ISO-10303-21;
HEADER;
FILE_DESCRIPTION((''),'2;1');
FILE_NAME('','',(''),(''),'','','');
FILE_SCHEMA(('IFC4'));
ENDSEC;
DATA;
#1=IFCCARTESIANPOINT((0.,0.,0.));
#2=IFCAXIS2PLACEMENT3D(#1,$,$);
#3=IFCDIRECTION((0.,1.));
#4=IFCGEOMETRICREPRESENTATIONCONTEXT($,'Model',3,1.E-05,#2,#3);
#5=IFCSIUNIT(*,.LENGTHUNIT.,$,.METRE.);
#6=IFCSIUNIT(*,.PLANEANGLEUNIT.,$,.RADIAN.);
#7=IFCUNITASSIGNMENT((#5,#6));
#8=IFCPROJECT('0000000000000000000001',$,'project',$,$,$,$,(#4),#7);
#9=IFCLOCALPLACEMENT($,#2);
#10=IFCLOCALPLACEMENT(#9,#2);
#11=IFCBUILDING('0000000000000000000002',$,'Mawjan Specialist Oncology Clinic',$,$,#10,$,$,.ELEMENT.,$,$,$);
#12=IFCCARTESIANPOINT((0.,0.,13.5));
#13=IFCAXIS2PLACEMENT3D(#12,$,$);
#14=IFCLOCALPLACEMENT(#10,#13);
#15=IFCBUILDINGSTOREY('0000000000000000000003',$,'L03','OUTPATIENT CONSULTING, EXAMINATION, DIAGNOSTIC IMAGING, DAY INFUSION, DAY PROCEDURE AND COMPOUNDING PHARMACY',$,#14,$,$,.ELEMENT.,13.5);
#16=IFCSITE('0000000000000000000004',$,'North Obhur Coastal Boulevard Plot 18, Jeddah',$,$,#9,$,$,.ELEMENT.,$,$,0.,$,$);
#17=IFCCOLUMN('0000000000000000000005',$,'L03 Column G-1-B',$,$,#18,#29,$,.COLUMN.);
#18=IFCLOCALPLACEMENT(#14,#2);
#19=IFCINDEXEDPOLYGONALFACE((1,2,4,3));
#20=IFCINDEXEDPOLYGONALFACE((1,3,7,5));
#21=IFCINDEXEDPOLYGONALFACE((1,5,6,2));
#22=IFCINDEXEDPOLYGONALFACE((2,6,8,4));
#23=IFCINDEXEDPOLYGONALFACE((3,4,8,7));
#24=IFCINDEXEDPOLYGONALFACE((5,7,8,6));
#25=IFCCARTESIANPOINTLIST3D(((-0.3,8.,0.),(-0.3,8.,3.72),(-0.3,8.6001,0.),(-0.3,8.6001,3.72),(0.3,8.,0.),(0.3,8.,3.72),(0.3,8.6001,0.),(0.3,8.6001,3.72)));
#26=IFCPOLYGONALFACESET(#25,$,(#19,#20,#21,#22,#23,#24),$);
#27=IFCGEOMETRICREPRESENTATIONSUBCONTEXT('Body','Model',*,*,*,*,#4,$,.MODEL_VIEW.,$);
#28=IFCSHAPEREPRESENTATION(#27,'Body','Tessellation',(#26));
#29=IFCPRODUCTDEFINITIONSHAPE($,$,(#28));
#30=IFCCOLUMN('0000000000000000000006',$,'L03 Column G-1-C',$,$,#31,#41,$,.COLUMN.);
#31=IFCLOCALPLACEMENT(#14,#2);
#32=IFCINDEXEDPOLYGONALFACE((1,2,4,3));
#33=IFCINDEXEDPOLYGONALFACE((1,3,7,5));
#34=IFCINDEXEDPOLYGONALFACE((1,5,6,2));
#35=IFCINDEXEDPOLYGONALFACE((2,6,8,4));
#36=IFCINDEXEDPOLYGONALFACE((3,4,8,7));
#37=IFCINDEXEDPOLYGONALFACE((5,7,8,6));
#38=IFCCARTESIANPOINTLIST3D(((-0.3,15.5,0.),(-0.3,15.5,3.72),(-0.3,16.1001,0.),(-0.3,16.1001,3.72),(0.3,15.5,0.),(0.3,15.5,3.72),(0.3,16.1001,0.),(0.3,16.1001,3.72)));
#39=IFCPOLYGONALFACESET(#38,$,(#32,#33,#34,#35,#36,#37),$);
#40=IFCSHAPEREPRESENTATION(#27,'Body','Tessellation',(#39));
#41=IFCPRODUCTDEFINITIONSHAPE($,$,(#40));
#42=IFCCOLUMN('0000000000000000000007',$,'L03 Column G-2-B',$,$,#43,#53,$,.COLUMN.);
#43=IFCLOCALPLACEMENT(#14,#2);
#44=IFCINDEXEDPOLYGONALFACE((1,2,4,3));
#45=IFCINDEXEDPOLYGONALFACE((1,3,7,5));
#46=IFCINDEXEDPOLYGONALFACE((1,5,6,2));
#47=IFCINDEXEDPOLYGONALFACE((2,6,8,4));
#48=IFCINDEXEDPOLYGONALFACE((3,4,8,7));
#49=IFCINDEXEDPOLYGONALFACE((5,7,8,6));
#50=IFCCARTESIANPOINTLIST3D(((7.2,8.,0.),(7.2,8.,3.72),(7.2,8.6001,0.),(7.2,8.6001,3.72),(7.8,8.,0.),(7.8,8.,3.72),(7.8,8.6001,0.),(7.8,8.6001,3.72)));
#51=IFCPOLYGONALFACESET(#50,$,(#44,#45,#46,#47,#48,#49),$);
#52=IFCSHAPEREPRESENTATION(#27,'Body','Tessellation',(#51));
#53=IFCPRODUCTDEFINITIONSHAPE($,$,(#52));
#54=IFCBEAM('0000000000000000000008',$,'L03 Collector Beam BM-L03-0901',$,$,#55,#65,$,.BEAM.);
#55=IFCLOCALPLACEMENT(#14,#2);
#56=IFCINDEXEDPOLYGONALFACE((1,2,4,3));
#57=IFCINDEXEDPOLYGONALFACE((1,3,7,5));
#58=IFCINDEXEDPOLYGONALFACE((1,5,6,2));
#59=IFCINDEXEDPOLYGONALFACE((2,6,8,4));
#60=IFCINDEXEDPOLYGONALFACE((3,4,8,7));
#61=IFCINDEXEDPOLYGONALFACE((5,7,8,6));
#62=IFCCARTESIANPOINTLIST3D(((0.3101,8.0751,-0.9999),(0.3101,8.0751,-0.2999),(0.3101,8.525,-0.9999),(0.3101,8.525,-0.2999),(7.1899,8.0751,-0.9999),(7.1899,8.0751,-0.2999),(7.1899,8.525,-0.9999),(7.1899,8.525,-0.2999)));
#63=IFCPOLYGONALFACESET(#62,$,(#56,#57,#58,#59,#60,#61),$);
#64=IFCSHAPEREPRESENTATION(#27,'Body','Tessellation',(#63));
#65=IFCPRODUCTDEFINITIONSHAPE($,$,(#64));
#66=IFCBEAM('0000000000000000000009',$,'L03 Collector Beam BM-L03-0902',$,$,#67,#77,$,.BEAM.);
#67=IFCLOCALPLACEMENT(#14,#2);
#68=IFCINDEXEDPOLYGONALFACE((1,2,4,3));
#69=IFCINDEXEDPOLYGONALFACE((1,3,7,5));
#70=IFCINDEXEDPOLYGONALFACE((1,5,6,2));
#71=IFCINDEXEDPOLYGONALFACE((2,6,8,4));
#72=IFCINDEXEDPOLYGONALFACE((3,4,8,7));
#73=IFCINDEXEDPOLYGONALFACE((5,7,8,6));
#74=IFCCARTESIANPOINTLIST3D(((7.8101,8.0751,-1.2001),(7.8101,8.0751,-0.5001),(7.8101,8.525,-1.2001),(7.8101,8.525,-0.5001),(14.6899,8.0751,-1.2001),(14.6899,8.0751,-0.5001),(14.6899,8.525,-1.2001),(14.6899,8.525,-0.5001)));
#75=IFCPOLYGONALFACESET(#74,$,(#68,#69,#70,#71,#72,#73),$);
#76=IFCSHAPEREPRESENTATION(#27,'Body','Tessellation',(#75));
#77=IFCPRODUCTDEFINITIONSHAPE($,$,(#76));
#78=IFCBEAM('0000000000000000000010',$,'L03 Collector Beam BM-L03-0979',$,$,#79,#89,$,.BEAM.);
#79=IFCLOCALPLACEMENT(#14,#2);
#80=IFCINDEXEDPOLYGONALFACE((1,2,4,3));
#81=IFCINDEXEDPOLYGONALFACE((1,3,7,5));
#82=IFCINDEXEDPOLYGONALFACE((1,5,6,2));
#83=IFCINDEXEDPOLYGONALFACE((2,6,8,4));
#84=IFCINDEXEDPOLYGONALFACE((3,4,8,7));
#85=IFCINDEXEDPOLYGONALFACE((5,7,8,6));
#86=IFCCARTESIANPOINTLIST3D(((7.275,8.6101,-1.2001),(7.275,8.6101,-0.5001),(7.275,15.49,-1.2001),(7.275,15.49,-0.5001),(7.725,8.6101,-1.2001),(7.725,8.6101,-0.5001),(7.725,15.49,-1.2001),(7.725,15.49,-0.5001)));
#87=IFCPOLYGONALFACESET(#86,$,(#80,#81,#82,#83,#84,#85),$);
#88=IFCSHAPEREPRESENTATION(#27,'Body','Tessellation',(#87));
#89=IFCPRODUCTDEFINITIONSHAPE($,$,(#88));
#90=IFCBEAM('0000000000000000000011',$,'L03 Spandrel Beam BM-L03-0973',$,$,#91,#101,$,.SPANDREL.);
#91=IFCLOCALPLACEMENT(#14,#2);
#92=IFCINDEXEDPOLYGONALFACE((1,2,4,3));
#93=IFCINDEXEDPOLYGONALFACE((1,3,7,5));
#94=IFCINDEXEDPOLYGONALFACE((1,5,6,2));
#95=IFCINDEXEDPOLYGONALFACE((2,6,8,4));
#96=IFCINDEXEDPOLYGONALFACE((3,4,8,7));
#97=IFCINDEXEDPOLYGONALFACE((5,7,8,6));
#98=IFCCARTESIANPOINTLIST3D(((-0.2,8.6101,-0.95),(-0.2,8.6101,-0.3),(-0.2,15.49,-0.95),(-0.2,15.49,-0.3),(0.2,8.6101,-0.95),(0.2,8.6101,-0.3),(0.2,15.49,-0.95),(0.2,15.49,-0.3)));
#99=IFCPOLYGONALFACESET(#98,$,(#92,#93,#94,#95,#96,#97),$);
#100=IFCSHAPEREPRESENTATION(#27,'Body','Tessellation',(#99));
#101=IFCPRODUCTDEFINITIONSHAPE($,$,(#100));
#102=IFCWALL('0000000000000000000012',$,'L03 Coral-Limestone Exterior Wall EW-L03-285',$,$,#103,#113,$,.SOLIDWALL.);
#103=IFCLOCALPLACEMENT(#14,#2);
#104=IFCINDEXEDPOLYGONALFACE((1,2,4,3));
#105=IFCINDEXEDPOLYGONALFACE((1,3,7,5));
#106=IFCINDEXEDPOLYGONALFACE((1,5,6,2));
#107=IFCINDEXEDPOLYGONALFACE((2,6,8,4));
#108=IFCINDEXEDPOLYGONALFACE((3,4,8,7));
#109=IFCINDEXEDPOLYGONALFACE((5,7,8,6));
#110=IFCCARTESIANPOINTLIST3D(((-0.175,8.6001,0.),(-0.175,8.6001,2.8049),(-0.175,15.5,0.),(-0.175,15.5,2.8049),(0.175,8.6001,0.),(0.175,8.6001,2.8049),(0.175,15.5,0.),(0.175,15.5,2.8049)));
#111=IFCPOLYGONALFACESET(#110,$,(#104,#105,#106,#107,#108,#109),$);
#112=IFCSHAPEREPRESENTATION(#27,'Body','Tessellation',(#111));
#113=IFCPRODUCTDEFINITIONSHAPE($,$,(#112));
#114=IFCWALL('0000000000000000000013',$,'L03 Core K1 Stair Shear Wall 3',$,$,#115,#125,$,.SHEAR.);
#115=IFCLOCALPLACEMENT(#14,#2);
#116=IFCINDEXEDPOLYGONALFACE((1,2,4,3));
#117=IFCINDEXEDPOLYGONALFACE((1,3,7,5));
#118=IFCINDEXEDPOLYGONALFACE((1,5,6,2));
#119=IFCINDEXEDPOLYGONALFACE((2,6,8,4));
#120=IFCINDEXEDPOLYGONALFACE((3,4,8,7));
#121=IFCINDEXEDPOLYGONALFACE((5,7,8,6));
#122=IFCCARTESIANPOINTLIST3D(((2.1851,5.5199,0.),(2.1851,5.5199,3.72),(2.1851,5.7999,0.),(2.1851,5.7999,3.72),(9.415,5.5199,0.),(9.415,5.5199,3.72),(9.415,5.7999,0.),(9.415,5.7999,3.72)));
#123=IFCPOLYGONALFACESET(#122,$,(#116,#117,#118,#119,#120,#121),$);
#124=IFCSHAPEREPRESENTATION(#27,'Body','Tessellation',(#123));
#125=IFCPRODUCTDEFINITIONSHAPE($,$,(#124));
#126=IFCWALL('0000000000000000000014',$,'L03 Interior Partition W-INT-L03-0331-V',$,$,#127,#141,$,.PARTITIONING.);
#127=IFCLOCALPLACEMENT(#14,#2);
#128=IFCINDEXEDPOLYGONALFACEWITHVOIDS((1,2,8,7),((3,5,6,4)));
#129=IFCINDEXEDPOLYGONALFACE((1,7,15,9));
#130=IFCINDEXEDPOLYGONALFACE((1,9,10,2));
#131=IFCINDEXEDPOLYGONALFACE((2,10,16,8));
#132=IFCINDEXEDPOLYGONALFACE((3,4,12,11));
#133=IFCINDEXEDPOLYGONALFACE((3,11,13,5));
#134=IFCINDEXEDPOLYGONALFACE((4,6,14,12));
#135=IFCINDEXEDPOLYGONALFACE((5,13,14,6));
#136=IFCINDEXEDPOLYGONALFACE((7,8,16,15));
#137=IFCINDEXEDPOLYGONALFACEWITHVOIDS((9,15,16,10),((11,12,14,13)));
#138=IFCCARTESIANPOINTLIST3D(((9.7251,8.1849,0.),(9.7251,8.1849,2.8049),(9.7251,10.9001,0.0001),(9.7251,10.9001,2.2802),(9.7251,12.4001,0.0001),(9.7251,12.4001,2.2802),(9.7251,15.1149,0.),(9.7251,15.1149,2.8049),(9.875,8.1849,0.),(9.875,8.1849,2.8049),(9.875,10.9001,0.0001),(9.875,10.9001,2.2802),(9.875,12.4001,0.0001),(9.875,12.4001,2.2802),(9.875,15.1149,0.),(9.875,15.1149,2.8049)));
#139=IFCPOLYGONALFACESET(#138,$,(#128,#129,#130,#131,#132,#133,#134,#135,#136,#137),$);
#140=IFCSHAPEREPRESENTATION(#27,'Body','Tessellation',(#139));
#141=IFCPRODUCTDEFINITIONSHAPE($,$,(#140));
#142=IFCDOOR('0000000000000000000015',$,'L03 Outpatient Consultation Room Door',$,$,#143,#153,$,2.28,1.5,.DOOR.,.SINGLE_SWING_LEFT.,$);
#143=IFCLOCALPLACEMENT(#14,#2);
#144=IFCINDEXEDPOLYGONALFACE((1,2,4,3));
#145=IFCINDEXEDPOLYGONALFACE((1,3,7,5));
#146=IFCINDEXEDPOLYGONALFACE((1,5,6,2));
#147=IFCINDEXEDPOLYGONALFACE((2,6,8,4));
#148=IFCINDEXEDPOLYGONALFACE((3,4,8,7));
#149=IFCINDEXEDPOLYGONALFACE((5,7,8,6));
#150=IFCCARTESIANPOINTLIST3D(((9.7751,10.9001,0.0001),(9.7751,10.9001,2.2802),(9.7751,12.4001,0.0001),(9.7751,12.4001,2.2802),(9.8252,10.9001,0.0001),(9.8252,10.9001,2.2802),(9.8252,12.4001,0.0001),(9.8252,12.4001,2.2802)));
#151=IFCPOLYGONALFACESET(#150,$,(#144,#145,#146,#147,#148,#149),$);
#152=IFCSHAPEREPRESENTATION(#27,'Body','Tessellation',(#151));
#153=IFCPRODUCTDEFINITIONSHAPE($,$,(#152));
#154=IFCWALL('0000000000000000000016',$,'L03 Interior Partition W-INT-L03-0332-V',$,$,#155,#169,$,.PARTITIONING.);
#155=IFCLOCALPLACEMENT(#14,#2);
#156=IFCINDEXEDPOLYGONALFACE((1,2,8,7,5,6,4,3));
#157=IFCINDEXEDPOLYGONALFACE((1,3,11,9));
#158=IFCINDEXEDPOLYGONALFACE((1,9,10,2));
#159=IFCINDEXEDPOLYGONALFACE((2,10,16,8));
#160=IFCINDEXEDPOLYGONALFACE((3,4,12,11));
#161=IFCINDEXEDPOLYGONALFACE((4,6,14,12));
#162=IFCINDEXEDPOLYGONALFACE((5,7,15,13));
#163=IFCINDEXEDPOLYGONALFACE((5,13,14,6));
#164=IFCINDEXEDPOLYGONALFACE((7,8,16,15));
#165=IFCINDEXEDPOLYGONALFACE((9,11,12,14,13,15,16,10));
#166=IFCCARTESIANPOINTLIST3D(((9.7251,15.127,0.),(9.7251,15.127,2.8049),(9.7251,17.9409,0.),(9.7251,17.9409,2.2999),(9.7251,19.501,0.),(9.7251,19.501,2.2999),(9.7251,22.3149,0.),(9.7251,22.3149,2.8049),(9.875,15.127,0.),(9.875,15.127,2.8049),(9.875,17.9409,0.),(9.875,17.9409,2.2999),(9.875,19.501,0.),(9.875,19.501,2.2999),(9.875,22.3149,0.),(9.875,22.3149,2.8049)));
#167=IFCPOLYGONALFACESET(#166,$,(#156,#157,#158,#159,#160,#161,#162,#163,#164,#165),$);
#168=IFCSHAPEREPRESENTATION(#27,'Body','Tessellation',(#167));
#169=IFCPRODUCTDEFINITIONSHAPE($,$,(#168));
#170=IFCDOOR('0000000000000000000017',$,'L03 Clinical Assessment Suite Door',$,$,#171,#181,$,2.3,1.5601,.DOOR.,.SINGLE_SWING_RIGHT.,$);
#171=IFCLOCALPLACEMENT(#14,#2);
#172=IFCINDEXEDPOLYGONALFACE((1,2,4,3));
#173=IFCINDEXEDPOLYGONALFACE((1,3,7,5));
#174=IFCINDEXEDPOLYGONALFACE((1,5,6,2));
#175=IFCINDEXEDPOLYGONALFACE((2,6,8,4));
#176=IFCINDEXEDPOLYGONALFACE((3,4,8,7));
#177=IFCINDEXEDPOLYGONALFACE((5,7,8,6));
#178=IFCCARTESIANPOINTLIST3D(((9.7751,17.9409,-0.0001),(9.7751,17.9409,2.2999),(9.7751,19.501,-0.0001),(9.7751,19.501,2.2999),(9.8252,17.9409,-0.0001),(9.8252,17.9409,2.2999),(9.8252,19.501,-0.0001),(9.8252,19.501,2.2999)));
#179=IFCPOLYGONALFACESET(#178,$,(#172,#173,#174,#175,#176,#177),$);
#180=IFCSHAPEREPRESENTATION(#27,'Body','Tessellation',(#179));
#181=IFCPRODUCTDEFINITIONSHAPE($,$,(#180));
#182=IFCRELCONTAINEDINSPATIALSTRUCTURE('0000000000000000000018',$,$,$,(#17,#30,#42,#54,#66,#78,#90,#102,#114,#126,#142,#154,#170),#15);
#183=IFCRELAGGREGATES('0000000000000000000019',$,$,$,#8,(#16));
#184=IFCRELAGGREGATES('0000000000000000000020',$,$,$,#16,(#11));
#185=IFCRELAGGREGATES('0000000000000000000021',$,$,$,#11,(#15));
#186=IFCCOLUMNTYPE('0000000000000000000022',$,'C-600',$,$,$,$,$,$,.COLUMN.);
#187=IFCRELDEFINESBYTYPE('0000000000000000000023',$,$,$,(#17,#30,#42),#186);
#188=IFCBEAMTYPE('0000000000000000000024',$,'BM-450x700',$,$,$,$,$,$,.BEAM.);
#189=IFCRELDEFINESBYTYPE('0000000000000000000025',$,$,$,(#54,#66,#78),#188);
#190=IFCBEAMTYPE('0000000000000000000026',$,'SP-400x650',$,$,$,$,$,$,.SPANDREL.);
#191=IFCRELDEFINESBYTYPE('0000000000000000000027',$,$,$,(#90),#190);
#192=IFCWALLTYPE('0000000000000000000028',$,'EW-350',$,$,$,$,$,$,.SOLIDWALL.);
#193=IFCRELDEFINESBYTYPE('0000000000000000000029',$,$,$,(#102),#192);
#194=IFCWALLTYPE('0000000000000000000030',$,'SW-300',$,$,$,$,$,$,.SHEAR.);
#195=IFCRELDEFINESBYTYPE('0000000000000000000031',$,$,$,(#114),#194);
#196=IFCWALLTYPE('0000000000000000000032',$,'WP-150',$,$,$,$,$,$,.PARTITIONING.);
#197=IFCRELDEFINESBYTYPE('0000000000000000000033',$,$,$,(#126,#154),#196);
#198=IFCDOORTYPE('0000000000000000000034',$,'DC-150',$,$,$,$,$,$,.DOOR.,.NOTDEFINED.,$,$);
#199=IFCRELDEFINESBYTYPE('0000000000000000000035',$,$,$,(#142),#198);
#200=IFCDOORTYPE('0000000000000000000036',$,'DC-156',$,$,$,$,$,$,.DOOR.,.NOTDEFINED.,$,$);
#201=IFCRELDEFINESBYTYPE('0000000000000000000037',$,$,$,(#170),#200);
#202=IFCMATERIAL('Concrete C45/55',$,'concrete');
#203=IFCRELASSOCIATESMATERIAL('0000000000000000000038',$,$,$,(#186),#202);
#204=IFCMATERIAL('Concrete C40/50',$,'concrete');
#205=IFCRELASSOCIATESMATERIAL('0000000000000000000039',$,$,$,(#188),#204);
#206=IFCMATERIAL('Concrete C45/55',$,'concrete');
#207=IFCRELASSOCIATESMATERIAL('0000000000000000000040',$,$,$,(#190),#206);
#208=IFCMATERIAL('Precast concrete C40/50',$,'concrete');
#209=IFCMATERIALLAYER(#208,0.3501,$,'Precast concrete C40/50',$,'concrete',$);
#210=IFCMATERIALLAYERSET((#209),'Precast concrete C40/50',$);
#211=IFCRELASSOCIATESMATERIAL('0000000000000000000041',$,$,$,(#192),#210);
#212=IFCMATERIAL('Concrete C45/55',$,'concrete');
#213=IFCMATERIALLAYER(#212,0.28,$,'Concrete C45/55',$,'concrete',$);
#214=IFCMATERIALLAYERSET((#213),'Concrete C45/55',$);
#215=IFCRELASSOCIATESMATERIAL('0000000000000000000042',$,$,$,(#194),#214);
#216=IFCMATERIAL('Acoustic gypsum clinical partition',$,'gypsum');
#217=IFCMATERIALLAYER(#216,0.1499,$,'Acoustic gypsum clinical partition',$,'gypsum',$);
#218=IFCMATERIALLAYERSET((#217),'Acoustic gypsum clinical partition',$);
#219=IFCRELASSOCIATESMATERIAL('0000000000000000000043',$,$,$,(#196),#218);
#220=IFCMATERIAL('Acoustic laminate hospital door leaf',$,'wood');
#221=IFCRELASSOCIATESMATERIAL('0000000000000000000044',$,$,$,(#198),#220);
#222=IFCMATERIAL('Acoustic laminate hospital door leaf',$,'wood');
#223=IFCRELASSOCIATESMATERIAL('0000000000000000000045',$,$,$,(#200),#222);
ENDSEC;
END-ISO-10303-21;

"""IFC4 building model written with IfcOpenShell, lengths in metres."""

from ifc_helpers import new_model, si_unit, direction, frame, frame_2d, origin, origin_2d, place, context, subcontext, project, spatial, rectangle, extrude, material, layer, layer_set, material_profile, profile_set, type_object, element, fill, save


model = new_model("IFC4")

# Units and contexts
model_context = context("Model", 3, precision=1e-05, world=origin(), true_north=direction((0.0, 1.0)))
body_context = subcontext(model_context, "Body", "Model", "MODEL_VIEW")
ifc_project = project(units=[si_unit("LENGTHUNIT", "METRE"), si_unit("PLANEANGLEUNIT", "RADIAN")], contexts=[model_context])

# Site, building, storey
site_placement = place(None, origin())
site = spatial("IfcSite", under=ifc_project, at=site_placement, Name="North Obhur Coastal Boulevard Plot 18, Jeddah", CompositionType="ELEMENT", RefElevation=0.0)
building_placement = place(site_placement, origin())
building = spatial("IfcBuilding", under=site, at=building_placement, Name="Mawjan Specialist Oncology Clinic", CompositionType="ELEMENT")
storey_placement = place(building_placement, frame((0.0, 0.0, 13.5)))
storey = spatial("IfcBuildingStorey", under=building, at=storey_placement, Name="L03", Description="OUTPATIENT CONSULTING, EXAMINATION, DIAGNOSTIC IMAGING, DAY INFUSION, DAY PROCEDURE AND COMPOUNDING PHARMACY", CompositionType="ELEMENT", Elevation=13.5)

# Columns
ifc_material_1 = material(Name="Concrete C45/55", Category="concrete")
ifc_material_profile_1 = material_profile(ifc_material_1, rectangle(XDim=0.6001, YDim=0.6001, at=origin_2d()), Name="RC COL 600x600", Category="concrete")
ifc_profile_set_1 = profile_set([ifc_material_profile_1], Name="Concrete C45/55")
column_type = type_object("IfcColumnType", Name="C-600", PredefinedType="COLUMN", material=ifc_profile_set_1)
for number, where, z_axis, x_axis, name in (
    (1, (0.0, 8.3, 0.0), (0.0, 0.0, 1.0), (1.0, 0.0, 0.0), "L03 Column G-1-B"),
    (2, (0.0, 15.8, 0.0), (0.0, 0.0, 1.0), (1.0, 0.0, 0.0), "L03 Column G-1-C"),
    (3, (7.5, 8.3, 0.0), (0.0, 0.0, 1.0), (1.0, 0.0, 0.0), "L03 Column G-2-B"),
):
    element("IfcColumn", number, at=place(storey_placement, frame(where, z_axis=z_axis, x_axis=x_axis)), inside=storey, type_object=column_type, Name=name, PredefinedType="COLUMN", context=body_context, shape_type="SweptSolid", body=[
        extrude(rectangle(XDim=0.6001, YDim=0.6001, at=origin_2d()), origin(), (0.0, 0.0, 1.0), 3.72),
    ])

# Beams
ifc_material_2 = material(Name="Concrete C40/50", Category="concrete")
ifc_material_profile_2 = material_profile(ifc_material_2, rectangle(XDim=0.45, YDim=0.7, at=origin_2d()), Name="RC BM 450x700", Category="concrete")
ifc_profile_set_2 = profile_set([ifc_material_profile_2], Name="Concrete C40/50")
beam_type_1 = type_object("IfcBeamType", Name="BM-450x700", PredefinedType="BEAM", material=ifc_profile_set_2)
for number, where, z_axis, x_axis, name in (
    (4, (0.3101, 8.3, -0.6499), (1.0, 0.0, 0.0), (0.0, 1.0, 0.0), "L03 Collector Beam BM-L03-0901"),
    (5, (7.8101, 8.3, -0.8501), (1.0, 0.0, 0.0), (0.0, 1.0, 0.0), "L03 Collector Beam BM-L03-0902"),
    (6, (7.5, 8.6101, -0.8501), (0.0, 1.0, 0.0), (-1.0, 0.0, 0.0), "L03 Collector Beam BM-L03-0979"),
):
    element("IfcBeam", number, at=place(storey_placement, frame(where, z_axis=z_axis, x_axis=x_axis)), inside=storey, type_object=beam_type_1, Name=name, PredefinedType="BEAM", context=body_context, shape_type="SweptSolid", body=[
        extrude(rectangle(XDim=0.45, YDim=0.7, at=origin_2d()), origin(), (0.0, 0.0, 1.0), 6.8799),
    ])
ifc_material_3 = material(Name="Concrete C45/55", Category="concrete")
ifc_material_profile_3 = material_profile(ifc_material_3, rectangle(XDim=0.3999, YDim=0.6499, at=origin_2d()), Name="RC BM 400x650", Category="concrete")
ifc_profile_set_3 = profile_set([ifc_material_profile_3], Name="Concrete C45/55")
beam_type_2 = type_object("IfcBeamType", Name="SP-400x650", PredefinedType="SPANDREL", material=ifc_profile_set_3)
beam_placement = place(storey_placement, frame((0.0, 8.6101, -0.625), z_axis=(0.0, 1.0, 0.0), x_axis=(-1.0, 0.0, 0.0)))
element("IfcBeam", 7, at=beam_placement, inside=storey, type_object=beam_type_2, Name="L03 Spandrel Beam BM-L03-0973", PredefinedType="SPANDREL", context=body_context, shape_type="SweptSolid", body=[
    extrude(rectangle(XDim=0.3999, YDim=0.6499, at=origin_2d()), origin(), (0.0, 0.0, 1.0), 6.8799),
])

# Walls
ifc_material_4 = material(Name="Precast concrete C40/50", Category="concrete")
ifc_layer_1 = layer(ifc_material_4, 0.3501, Name="Precast concrete C40/50", Category="concrete")
ifc_layer_set_1 = layer_set([ifc_layer_1], Name="Precast concrete C40/50")
wall_type_1 = type_object("IfcWallType", Name="EW-350", PredefinedType="SOLIDWALL", material=ifc_layer_set_1)
wall_1_placement = place(storey_placement, frame((0.0, 8.6001, 0.0), z_axis=(0.0, 0.0, 1.0), x_axis=(0.0, 1.0, 0.0)))
element("IfcWall", 8, at=wall_1_placement, inside=storey, type_object=wall_type_1, Name="L03 Coral-Limestone Exterior Wall EW-L03-285", PredefinedType="SOLIDWALL", context=body_context, shape_type="SweptSolid", body=[
    extrude(rectangle(XDim=6.8999, YDim=0.3501, at=frame_2d((3.45, 0.0))), origin(), (0.0, 0.0, 1.0), 2.8049),
])
ifc_material_5 = material(Name="Concrete C45/55", Category="concrete")
ifc_layer_2 = layer(ifc_material_5, 0.28, Name="Concrete C45/55", Category="concrete")
ifc_layer_set_2 = layer_set([ifc_layer_2], Name="Concrete C45/55")
wall_type_2 = type_object("IfcWallType", Name="SW-300", PredefinedType="SHEAR", material=ifc_layer_set_2)
wall_2_placement = place(storey_placement, frame((9.415, 5.6599, 0.0), z_axis=(0.0, 0.0, 1.0), x_axis=(-1.0, 0.0, 0.0)))
element("IfcWall", 9, at=wall_2_placement, inside=storey, type_object=wall_type_2, Name="L03 Core K1 Stair Shear Wall 3", PredefinedType="SHEAR", context=body_context, shape_type="SweptSolid", body=[
    extrude(rectangle(XDim=7.23, YDim=0.28, at=frame_2d((3.615, 0.0))), origin(), (0.0, 0.0, 1.0), 3.72),
])

# Walls, openings, doors
ifc_material_6 = material(Name="Acoustic gypsum clinical partition", Category="gypsum")
ifc_layer_3 = layer(ifc_material_6, 0.1499, Name="Acoustic gypsum clinical partition", Category="gypsum")
ifc_layer_set_3 = layer_set([ifc_layer_3], Name="Acoustic gypsum clinical partition")
wall_type_3 = type_object("IfcWallType", Name="WP-150", PredefinedType="PARTITIONING", material=ifc_layer_set_3)
wall_3_placement = place(storey_placement, frame((9.8, 8.1851, 0.0), z_axis=(0.0, 0.0, 1.0), x_axis=(0.0, 1.0, 0.0)))
wall_3 = element("IfcWall", 10, at=wall_3_placement, inside=storey, type_object=wall_type_3, Name="L03 Interior Partition W-INT-L03-0331-V", PredefinedType="PARTITIONING", context=body_context, shape_type="SweptSolid", body=[
    extrude(rectangle(XDim=6.9299, YDim=0.1499, at=frame_2d((3.4648, 0.0))), origin(), (0.0, 0.0, 1.0), 2.8049),
])
opening_1_placement = place(wall_3_placement, frame((2.7151, 0.0, 0.0)))
opening_1 = element("IfcOpeningElement", 11, at=opening_1_placement, cuts=wall_3, PredefinedType="OPENING", context=body_context, shape_type="SweptSolid", body=[
    extrude(rectangle(XDim=1.5, YDim=2.28, at=frame_2d((0.75, 1.1401))), frame((0.0, 0.0869, 0.0), z_axis=(0.0, -1.0, 0.0), x_axis=(1.0, 0.0, 0.0)), (0.0, 0.0, 1.0), 0.1738),
])
ifc_material_7 = material(Name="Acoustic laminate hospital door leaf", Category="wood")
door_type_1 = type_object("IfcDoorType", Name="DC-150", OperationType="NOTDEFINED", PredefinedType="DOOR", material=ifc_material_7)
door_1_placement = place(opening_1_placement, origin())
door_1 = element("IfcDoor", 12, at=door_1_placement, inside=storey, type_object=door_type_1, Name="L03 Outpatient Consultation Room Door", OperationType="SINGLE_SWING_LEFT", OverallHeight=2.28, OverallWidth=1.5, PredefinedType="DOOR", context=body_context, shape_type="SweptSolid", body=[
    extrude(rectangle(XDim=1.5, YDim=2.28, at=frame_2d((0.75, 1.1401))), frame((0.0, 0.0249, 0.0), z_axis=(0.0, -1.0, 0.0), x_axis=(1.0, 0.0, 0.0)), (0.0, 0.0, 1.0), 0.05),
])
fill(opening_1, door_1)
wall_4_placement = place(storey_placement, frame((9.8, 15.127, 0.0), z_axis=(0.0, 0.0, 1.0), x_axis=(0.0, 1.0, 0.0)))
wall_4 = element("IfcWall", 13, at=wall_4_placement, inside=storey, type_object=wall_type_3, Name="L03 Interior Partition W-INT-L03-0332-V", PredefinedType="PARTITIONING", context=body_context, shape_type="SweptSolid", body=[
    extrude(rectangle(XDim=7.188, YDim=0.1499, at=frame_2d((3.594, 0.0))), origin(), (0.0, 0.0, 1.0), 2.8049),
])
opening_2_placement = place(wall_4_placement, frame((2.814, 0.0, 0.0)))
opening_2 = element("IfcOpeningElement", 14, at=opening_2_placement, cuts=wall_4, PredefinedType="OPENING", context=body_context, shape_type="SweptSolid", body=[
    extrude(rectangle(XDim=1.5601, YDim=2.3, at=frame_2d((0.78, 1.1499))), frame((0.0, 0.0869, 0.0), z_axis=(0.0, -1.0, 0.0), x_axis=(1.0, 0.0, 0.0)), (0.0, 0.0, 1.0), 0.1738),
])
ifc_material_8 = material(Name="Acoustic laminate hospital door leaf", Category="wood")
door_type_2 = type_object("IfcDoorType", Name="DC-156", OperationType="NOTDEFINED", PredefinedType="DOOR", material=ifc_material_8)
door_2_placement = place(opening_2_placement, origin())
door_2 = element("IfcDoor", 15, at=door_2_placement, inside=storey, type_object=door_type_2, Name="L03 Clinical Assessment Suite Door", OperationType="SINGLE_SWING_RIGHT", OverallHeight=2.3, OverallWidth=1.5601, PredefinedType="DOOR", context=body_context, shape_type="SweptSolid", body=[
    extrude(rectangle(XDim=1.5601, YDim=2.3, at=frame_2d((0.78, 1.1499))), frame((0.0, 0.0249, 0.0), z_axis=(0.0, -1.0, 0.0), x_axis=(1.0, 0.0, 0.0)), (0.0, 0.0, 1.0), 0.05),
])
fill(opening_2, door_2)

save(model, "model.ifc")
